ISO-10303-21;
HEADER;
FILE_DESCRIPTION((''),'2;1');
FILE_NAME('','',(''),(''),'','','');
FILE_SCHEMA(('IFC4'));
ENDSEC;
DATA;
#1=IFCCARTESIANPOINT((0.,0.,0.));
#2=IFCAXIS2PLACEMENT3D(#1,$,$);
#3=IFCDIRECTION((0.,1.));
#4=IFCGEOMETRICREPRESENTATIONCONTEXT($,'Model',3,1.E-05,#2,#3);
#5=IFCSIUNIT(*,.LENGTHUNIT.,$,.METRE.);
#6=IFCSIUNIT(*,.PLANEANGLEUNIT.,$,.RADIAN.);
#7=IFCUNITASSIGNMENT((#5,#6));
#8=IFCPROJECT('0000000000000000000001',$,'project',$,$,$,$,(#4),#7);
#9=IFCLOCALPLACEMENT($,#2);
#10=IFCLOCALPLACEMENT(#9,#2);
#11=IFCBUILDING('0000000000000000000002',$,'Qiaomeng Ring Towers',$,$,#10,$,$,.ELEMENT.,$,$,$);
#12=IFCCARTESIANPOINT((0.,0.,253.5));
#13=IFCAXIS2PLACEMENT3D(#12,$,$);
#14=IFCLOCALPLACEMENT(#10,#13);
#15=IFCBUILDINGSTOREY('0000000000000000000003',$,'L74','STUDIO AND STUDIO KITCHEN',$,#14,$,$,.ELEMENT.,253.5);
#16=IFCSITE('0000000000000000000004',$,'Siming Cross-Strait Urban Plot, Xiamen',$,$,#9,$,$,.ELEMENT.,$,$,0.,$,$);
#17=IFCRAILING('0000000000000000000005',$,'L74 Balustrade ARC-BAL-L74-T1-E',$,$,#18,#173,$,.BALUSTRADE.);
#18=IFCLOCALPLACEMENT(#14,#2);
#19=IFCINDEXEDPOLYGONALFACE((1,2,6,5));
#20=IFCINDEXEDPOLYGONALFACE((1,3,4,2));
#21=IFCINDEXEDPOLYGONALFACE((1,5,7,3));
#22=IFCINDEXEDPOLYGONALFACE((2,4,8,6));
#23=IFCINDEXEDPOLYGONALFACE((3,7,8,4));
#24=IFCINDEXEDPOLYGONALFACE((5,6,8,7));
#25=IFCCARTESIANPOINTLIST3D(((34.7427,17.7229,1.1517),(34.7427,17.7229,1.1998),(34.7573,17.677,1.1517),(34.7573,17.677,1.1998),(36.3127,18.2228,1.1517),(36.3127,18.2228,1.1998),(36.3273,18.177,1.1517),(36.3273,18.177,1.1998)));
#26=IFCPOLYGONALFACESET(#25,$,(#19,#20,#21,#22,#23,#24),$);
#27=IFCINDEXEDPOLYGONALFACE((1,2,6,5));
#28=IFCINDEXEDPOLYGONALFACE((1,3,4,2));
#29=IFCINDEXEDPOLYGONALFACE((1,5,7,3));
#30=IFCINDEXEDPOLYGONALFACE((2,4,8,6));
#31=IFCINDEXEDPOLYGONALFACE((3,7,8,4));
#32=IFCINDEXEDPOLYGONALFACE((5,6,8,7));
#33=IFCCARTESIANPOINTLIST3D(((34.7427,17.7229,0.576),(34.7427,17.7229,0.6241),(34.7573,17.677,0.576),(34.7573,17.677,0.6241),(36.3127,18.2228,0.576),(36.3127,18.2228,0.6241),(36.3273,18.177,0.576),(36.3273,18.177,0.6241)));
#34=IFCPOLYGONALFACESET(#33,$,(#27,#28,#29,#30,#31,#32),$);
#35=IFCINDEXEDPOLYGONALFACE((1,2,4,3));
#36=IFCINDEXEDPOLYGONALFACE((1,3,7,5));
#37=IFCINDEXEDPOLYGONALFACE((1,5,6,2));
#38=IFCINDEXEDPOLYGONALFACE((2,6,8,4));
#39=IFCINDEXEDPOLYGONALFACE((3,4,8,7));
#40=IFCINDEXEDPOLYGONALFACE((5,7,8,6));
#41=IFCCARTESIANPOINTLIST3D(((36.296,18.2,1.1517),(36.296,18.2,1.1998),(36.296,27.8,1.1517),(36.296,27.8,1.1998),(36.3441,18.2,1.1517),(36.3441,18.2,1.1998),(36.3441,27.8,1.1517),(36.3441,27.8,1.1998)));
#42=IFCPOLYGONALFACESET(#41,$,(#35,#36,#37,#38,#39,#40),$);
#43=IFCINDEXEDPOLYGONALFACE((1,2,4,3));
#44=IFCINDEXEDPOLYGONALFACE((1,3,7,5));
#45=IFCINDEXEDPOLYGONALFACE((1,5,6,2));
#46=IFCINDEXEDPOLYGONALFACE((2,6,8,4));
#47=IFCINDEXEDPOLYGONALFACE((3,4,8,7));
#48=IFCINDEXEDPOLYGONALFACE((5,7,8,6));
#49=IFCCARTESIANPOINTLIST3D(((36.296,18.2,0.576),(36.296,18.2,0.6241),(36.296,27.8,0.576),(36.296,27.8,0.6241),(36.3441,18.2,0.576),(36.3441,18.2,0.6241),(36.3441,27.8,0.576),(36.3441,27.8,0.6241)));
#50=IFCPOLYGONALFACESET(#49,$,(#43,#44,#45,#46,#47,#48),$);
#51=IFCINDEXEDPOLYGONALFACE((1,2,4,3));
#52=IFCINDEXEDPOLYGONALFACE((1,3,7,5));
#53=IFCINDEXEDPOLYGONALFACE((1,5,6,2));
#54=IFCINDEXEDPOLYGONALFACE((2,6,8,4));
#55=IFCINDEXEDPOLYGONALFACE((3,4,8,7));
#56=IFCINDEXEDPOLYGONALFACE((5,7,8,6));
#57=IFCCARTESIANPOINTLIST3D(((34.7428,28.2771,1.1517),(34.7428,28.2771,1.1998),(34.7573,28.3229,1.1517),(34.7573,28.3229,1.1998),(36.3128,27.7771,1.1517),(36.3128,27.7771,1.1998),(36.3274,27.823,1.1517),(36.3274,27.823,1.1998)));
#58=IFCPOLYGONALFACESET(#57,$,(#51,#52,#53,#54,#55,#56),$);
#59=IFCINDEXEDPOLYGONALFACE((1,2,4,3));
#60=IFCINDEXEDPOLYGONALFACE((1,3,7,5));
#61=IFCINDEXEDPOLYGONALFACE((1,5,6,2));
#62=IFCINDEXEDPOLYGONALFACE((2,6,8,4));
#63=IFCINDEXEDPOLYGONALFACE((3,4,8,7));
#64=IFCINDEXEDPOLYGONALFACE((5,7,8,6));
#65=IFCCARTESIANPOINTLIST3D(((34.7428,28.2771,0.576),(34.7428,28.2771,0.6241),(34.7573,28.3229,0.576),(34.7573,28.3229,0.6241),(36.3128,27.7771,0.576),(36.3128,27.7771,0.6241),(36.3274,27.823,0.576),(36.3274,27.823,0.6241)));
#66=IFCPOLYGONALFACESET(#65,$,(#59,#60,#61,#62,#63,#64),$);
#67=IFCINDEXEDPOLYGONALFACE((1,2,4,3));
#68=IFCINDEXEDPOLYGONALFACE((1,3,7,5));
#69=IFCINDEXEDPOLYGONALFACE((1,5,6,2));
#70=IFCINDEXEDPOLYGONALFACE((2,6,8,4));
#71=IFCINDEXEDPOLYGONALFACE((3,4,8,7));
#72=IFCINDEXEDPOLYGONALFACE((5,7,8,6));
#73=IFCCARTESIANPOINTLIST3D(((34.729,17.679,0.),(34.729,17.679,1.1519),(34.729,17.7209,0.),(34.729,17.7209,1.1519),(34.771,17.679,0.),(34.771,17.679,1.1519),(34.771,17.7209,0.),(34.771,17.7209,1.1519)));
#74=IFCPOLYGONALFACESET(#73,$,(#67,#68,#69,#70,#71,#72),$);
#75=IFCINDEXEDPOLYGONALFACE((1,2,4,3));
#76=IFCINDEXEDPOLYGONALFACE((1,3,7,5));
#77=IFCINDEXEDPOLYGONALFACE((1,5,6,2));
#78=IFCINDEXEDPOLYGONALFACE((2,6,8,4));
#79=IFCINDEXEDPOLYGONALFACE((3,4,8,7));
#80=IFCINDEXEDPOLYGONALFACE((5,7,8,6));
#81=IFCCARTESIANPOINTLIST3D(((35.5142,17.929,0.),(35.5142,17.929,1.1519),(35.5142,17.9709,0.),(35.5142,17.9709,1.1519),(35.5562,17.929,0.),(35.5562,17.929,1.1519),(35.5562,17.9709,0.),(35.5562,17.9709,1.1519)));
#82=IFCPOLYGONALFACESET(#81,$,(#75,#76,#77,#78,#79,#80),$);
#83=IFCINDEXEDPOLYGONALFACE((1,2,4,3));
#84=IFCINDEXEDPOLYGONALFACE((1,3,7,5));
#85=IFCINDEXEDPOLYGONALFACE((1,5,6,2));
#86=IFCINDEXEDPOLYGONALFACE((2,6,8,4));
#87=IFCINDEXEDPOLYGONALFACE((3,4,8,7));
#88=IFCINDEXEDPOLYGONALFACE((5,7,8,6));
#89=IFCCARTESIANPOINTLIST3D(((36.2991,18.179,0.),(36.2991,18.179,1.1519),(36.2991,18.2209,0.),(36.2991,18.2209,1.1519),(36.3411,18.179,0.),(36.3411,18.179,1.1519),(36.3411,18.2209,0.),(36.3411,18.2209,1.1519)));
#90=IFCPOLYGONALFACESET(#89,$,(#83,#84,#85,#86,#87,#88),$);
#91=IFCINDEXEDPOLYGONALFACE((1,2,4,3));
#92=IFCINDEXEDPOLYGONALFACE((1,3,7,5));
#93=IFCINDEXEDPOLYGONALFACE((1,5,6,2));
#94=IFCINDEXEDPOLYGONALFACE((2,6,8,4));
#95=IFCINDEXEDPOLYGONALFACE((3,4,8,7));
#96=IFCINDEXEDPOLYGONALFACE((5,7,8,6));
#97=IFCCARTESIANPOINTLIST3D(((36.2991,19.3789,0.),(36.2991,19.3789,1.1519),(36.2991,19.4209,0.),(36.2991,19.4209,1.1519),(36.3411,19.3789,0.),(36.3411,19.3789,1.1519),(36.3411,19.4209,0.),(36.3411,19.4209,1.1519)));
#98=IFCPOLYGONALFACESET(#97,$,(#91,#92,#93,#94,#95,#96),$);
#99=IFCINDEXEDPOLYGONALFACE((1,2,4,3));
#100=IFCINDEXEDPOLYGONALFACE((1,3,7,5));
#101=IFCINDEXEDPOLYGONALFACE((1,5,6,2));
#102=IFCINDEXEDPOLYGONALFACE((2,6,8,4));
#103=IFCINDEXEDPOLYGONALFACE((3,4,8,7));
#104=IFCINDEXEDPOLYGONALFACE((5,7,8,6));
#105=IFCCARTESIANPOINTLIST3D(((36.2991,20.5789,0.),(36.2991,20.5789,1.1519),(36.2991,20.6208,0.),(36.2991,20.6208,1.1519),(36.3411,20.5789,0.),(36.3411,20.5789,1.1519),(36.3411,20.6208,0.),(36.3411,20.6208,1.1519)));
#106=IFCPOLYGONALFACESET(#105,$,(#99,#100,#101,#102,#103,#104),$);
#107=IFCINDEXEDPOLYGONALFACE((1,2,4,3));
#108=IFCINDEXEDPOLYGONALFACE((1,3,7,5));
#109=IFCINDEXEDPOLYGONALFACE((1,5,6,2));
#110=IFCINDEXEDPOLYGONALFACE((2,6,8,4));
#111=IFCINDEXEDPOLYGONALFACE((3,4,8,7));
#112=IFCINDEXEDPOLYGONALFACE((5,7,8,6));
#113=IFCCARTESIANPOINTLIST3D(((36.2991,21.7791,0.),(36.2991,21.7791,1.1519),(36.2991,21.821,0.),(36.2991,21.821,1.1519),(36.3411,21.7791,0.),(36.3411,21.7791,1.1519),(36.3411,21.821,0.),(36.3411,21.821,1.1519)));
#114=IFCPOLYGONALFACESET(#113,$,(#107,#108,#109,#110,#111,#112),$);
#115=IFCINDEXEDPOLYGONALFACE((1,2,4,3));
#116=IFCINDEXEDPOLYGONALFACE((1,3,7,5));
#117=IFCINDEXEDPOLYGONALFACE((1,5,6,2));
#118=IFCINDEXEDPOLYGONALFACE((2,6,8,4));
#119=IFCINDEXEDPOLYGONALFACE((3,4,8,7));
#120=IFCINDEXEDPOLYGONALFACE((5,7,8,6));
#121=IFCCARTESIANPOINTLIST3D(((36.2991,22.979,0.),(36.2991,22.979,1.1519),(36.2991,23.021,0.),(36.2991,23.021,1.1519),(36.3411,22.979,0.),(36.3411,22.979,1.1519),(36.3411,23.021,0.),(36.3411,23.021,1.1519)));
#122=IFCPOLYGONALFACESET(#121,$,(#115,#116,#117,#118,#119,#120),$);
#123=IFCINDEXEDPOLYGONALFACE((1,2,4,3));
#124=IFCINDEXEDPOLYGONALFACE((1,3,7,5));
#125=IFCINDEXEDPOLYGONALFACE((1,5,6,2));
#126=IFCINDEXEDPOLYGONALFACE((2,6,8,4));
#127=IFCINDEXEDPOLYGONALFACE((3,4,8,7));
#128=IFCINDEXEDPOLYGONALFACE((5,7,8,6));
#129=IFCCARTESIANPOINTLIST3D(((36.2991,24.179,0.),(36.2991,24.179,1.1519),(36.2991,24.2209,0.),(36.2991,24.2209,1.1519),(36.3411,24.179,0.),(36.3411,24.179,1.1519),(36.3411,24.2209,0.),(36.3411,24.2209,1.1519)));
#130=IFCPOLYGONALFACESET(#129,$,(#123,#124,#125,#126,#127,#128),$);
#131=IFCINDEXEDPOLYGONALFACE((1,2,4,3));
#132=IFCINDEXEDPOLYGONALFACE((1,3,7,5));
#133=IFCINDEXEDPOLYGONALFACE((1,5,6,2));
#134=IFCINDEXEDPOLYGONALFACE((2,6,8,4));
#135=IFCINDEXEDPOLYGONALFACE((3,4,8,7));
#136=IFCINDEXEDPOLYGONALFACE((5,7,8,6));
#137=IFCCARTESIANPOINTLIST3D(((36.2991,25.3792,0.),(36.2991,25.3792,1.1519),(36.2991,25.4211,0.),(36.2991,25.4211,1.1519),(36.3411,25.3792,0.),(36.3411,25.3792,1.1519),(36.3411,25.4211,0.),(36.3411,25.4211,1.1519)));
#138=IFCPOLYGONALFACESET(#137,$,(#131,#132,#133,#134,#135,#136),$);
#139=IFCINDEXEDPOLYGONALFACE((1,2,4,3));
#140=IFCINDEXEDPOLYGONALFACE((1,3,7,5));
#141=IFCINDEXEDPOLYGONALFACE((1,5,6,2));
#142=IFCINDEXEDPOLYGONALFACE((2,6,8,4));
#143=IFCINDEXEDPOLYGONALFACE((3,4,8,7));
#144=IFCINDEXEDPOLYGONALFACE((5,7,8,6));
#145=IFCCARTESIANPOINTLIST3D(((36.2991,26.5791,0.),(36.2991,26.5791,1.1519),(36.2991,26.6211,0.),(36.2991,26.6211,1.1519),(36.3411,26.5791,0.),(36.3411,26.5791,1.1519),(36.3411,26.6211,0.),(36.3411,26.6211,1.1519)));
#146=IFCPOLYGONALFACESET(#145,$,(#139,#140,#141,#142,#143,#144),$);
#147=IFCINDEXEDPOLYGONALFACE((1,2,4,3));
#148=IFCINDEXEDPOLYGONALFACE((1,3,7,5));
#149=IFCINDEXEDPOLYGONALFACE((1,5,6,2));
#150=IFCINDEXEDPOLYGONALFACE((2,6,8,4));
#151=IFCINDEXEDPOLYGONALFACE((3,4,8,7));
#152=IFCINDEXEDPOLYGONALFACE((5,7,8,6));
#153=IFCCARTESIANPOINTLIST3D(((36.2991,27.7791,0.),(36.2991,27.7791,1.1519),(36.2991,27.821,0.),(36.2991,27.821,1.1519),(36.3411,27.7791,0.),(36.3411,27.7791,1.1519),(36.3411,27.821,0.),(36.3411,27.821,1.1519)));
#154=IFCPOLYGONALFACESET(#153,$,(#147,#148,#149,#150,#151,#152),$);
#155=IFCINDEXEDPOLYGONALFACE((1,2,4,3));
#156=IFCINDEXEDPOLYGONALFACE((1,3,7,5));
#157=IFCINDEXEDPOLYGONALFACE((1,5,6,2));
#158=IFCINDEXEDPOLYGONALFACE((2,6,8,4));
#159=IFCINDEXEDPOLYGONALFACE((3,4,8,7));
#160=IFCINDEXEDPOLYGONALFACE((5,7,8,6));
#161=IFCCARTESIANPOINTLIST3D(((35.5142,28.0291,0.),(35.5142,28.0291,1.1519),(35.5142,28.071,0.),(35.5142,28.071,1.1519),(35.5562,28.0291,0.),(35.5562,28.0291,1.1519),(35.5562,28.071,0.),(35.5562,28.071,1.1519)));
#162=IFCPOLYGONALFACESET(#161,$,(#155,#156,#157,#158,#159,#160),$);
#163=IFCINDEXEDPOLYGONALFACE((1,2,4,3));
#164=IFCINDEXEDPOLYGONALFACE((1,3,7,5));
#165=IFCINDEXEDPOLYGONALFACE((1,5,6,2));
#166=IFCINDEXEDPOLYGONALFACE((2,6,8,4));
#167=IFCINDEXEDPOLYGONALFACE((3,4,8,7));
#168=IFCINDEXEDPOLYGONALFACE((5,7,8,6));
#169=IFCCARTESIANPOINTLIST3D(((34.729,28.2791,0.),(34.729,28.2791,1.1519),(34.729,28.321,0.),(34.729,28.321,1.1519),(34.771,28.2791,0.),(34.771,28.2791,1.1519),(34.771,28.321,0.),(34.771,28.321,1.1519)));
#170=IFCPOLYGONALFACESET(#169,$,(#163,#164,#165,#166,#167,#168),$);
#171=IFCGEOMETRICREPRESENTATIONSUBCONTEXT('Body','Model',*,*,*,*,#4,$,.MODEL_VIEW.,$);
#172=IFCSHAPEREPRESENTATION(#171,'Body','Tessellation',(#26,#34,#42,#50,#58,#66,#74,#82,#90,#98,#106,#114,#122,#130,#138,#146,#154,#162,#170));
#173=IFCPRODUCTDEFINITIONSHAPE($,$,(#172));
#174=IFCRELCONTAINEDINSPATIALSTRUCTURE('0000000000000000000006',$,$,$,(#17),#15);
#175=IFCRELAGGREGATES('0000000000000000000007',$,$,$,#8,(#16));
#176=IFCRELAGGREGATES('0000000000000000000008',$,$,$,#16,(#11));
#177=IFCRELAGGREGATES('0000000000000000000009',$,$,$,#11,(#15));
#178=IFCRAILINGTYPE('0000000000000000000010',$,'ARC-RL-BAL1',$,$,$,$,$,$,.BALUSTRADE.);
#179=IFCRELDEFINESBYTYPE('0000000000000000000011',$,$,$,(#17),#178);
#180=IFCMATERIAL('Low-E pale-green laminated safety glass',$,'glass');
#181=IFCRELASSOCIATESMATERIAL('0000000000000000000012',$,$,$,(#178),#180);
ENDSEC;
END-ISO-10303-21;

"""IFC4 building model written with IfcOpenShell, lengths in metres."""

from ifc_helpers import new_model, si_unit, direction, frame, origin, origin_2d, place, context, subcontext, project, spatial, rectangle, extrude, material, type_object, element, save


model = new_model("IFC4")

# Units and contexts
model_context = context("Model", 3, precision=1e-05, world=origin(), true_north=direction((0.0, 1.0)))
body_context = subcontext(model_context, "Body", "Model", "MODEL_VIEW")
ifc_project = project(units=[si_unit("LENGTHUNIT", "METRE"), si_unit("PLANEANGLEUNIT", "RADIAN")], contexts=[model_context])

# Site, building, storey
site_placement = place(None, origin())
site = spatial("IfcSite", under=ifc_project, at=site_placement, Name="Siming Cross-Strait Urban Plot, Xiamen", CompositionType="ELEMENT", RefElevation=0.0)
building_placement = place(site_placement, origin())
building = spatial("IfcBuilding", under=site, at=building_placement, Name="Qiaomeng Ring Towers", CompositionType="ELEMENT")
storey_placement = place(building_placement, frame((0.0, 0.0, 253.5)))
storey = spatial("IfcBuildingStorey", under=building, at=storey_placement, Name="L74", Description="STUDIO AND STUDIO KITCHEN", CompositionType="ELEMENT", Elevation=253.5)

# Railing
ifc_material_1 = material(Name="Low-E pale-green laminated safety glass", Category="glass")
railing_type = type_object("IfcRailingType", Name="ARC-RL-BAL1", PredefinedType="BALUSTRADE", material=ifc_material_1)
railing_placement = place(storey_placement, frame((34.75, 17.7, 0.0)))
element("IfcRailing", 1, at=railing_placement, inside=storey, type_object=railing_type, Name="L74 Balustrade ARC-BAL-L74-T1-E", PredefinedType="BALUSTRADE", context=body_context, shape_type="SweptSolid", body=[
    extrude(rectangle(XDim=0.0481, YDim=0.0481, at=origin_2d()), frame((0.0, 0.0, 1.1758), z_axis=(0.95285, 0.303442, 0.0), x_axis=(-0.303442, 0.95285, 0.0)), (0.0, 0.0, 1.0), 1.6477),
    extrude(rectangle(XDim=0.0481, YDim=0.0481, at=origin_2d()), frame((0.0, 0.0, 0.6001), z_axis=(0.95285, 0.303442, 0.0), x_axis=(-0.303442, 0.95285, 0.0)), (0.0, 0.0, 1.0), 1.6477),
    extrude(rectangle(XDim=0.0481, YDim=0.0481, at=origin_2d()), frame((1.5701, 0.5, 1.1758), z_axis=(0.0, 1.0, 0.0), x_axis=(-1.0, 0.0, 0.0)), (0.0, 0.0, 1.0), 9.6001),
    extrude(rectangle(XDim=0.0481, YDim=0.0481, at=origin_2d()), frame((1.5701, 0.5, 0.6001), z_axis=(0.0, 1.0, 0.0), x_axis=(-1.0, 0.0, 0.0)), (0.0, 0.0, 1.0), 9.6001),
    extrude(rectangle(XDim=0.0481, YDim=0.0481, at=origin_2d()), frame((1.5701, 10.1001, 1.1758), z_axis=(-0.95285, 0.303442, 0.0), x_axis=(-0.303442, -0.95285, 0.0)), (0.0, 0.0, 1.0), 1.6477),
    extrude(rectangle(XDim=0.0481, YDim=0.0481, at=origin_2d()), frame((1.5701, 10.1001, 0.6001), z_axis=(-0.95285, 0.303442, 0.0), x_axis=(-0.303442, -0.95285, 0.0)), (0.0, 0.0, 1.0), 1.6477),
    extrude(rectangle(XDim=0.042, YDim=0.042, at=origin_2d()), origin(), (0.0, 0.0, 1.0), 1.1519),
    extrude(rectangle(XDim=0.042, YDim=0.042, at=origin_2d()), frame((0.7852, 0.25, 0.0)), (0.0, 0.0, 1.0), 1.1519),
    extrude(rectangle(XDim=0.042, YDim=0.042, at=origin_2d()), frame((1.5701, 0.5, 0.0)), (0.0, 0.0, 1.0), 1.1519),
    extrude(rectangle(XDim=0.042, YDim=0.042, at=origin_2d()), frame((1.5701, 1.7, 0.0)), (0.0, 0.0, 1.0), 1.1519),
    extrude(rectangle(XDim=0.042, YDim=0.042, at=origin_2d()), frame((1.5701, 2.8999, 0.0)), (0.0, 0.0, 1.0), 1.1519),
    extrude(rectangle(XDim=0.042, YDim=0.042, at=origin_2d()), frame((1.5701, 4.1001, 0.0)), (0.0, 0.0, 1.0), 1.1519),
    extrude(rectangle(XDim=0.042, YDim=0.042, at=origin_2d()), frame((1.5701, 5.3, 0.0)), (0.0, 0.0, 1.0), 1.1519),
    extrude(rectangle(XDim=0.042, YDim=0.042, at=origin_2d()), frame((1.5701, 6.5, 0.0)), (0.0, 0.0, 1.0), 1.1519),
    extrude(rectangle(XDim=0.042, YDim=0.042, at=origin_2d()), frame((1.5701, 7.7002, 0.0)), (0.0, 0.0, 1.0), 1.1519),
    extrude(rectangle(XDim=0.042, YDim=0.042, at=origin_2d()), frame((1.5701, 8.9001, 0.0)), (0.0, 0.0, 1.0), 1.1519),
    extrude(rectangle(XDim=0.042, YDim=0.042, at=origin_2d()), frame((1.5701, 10.1001, 0.0)), (0.0, 0.0, 1.0), 1.1519),
    extrude(rectangle(XDim=0.042, YDim=0.042, at=origin_2d()), frame((0.7852, 10.3501, 0.0)), (0.0, 0.0, 1.0), 1.1519),
    extrude(rectangle(XDim=0.042, YDim=0.042, at=origin_2d()), frame((0.0, 10.6001, 0.0)), (0.0, 0.0, 1.0), 1.1519),
])

save(model, "model.ifc")
